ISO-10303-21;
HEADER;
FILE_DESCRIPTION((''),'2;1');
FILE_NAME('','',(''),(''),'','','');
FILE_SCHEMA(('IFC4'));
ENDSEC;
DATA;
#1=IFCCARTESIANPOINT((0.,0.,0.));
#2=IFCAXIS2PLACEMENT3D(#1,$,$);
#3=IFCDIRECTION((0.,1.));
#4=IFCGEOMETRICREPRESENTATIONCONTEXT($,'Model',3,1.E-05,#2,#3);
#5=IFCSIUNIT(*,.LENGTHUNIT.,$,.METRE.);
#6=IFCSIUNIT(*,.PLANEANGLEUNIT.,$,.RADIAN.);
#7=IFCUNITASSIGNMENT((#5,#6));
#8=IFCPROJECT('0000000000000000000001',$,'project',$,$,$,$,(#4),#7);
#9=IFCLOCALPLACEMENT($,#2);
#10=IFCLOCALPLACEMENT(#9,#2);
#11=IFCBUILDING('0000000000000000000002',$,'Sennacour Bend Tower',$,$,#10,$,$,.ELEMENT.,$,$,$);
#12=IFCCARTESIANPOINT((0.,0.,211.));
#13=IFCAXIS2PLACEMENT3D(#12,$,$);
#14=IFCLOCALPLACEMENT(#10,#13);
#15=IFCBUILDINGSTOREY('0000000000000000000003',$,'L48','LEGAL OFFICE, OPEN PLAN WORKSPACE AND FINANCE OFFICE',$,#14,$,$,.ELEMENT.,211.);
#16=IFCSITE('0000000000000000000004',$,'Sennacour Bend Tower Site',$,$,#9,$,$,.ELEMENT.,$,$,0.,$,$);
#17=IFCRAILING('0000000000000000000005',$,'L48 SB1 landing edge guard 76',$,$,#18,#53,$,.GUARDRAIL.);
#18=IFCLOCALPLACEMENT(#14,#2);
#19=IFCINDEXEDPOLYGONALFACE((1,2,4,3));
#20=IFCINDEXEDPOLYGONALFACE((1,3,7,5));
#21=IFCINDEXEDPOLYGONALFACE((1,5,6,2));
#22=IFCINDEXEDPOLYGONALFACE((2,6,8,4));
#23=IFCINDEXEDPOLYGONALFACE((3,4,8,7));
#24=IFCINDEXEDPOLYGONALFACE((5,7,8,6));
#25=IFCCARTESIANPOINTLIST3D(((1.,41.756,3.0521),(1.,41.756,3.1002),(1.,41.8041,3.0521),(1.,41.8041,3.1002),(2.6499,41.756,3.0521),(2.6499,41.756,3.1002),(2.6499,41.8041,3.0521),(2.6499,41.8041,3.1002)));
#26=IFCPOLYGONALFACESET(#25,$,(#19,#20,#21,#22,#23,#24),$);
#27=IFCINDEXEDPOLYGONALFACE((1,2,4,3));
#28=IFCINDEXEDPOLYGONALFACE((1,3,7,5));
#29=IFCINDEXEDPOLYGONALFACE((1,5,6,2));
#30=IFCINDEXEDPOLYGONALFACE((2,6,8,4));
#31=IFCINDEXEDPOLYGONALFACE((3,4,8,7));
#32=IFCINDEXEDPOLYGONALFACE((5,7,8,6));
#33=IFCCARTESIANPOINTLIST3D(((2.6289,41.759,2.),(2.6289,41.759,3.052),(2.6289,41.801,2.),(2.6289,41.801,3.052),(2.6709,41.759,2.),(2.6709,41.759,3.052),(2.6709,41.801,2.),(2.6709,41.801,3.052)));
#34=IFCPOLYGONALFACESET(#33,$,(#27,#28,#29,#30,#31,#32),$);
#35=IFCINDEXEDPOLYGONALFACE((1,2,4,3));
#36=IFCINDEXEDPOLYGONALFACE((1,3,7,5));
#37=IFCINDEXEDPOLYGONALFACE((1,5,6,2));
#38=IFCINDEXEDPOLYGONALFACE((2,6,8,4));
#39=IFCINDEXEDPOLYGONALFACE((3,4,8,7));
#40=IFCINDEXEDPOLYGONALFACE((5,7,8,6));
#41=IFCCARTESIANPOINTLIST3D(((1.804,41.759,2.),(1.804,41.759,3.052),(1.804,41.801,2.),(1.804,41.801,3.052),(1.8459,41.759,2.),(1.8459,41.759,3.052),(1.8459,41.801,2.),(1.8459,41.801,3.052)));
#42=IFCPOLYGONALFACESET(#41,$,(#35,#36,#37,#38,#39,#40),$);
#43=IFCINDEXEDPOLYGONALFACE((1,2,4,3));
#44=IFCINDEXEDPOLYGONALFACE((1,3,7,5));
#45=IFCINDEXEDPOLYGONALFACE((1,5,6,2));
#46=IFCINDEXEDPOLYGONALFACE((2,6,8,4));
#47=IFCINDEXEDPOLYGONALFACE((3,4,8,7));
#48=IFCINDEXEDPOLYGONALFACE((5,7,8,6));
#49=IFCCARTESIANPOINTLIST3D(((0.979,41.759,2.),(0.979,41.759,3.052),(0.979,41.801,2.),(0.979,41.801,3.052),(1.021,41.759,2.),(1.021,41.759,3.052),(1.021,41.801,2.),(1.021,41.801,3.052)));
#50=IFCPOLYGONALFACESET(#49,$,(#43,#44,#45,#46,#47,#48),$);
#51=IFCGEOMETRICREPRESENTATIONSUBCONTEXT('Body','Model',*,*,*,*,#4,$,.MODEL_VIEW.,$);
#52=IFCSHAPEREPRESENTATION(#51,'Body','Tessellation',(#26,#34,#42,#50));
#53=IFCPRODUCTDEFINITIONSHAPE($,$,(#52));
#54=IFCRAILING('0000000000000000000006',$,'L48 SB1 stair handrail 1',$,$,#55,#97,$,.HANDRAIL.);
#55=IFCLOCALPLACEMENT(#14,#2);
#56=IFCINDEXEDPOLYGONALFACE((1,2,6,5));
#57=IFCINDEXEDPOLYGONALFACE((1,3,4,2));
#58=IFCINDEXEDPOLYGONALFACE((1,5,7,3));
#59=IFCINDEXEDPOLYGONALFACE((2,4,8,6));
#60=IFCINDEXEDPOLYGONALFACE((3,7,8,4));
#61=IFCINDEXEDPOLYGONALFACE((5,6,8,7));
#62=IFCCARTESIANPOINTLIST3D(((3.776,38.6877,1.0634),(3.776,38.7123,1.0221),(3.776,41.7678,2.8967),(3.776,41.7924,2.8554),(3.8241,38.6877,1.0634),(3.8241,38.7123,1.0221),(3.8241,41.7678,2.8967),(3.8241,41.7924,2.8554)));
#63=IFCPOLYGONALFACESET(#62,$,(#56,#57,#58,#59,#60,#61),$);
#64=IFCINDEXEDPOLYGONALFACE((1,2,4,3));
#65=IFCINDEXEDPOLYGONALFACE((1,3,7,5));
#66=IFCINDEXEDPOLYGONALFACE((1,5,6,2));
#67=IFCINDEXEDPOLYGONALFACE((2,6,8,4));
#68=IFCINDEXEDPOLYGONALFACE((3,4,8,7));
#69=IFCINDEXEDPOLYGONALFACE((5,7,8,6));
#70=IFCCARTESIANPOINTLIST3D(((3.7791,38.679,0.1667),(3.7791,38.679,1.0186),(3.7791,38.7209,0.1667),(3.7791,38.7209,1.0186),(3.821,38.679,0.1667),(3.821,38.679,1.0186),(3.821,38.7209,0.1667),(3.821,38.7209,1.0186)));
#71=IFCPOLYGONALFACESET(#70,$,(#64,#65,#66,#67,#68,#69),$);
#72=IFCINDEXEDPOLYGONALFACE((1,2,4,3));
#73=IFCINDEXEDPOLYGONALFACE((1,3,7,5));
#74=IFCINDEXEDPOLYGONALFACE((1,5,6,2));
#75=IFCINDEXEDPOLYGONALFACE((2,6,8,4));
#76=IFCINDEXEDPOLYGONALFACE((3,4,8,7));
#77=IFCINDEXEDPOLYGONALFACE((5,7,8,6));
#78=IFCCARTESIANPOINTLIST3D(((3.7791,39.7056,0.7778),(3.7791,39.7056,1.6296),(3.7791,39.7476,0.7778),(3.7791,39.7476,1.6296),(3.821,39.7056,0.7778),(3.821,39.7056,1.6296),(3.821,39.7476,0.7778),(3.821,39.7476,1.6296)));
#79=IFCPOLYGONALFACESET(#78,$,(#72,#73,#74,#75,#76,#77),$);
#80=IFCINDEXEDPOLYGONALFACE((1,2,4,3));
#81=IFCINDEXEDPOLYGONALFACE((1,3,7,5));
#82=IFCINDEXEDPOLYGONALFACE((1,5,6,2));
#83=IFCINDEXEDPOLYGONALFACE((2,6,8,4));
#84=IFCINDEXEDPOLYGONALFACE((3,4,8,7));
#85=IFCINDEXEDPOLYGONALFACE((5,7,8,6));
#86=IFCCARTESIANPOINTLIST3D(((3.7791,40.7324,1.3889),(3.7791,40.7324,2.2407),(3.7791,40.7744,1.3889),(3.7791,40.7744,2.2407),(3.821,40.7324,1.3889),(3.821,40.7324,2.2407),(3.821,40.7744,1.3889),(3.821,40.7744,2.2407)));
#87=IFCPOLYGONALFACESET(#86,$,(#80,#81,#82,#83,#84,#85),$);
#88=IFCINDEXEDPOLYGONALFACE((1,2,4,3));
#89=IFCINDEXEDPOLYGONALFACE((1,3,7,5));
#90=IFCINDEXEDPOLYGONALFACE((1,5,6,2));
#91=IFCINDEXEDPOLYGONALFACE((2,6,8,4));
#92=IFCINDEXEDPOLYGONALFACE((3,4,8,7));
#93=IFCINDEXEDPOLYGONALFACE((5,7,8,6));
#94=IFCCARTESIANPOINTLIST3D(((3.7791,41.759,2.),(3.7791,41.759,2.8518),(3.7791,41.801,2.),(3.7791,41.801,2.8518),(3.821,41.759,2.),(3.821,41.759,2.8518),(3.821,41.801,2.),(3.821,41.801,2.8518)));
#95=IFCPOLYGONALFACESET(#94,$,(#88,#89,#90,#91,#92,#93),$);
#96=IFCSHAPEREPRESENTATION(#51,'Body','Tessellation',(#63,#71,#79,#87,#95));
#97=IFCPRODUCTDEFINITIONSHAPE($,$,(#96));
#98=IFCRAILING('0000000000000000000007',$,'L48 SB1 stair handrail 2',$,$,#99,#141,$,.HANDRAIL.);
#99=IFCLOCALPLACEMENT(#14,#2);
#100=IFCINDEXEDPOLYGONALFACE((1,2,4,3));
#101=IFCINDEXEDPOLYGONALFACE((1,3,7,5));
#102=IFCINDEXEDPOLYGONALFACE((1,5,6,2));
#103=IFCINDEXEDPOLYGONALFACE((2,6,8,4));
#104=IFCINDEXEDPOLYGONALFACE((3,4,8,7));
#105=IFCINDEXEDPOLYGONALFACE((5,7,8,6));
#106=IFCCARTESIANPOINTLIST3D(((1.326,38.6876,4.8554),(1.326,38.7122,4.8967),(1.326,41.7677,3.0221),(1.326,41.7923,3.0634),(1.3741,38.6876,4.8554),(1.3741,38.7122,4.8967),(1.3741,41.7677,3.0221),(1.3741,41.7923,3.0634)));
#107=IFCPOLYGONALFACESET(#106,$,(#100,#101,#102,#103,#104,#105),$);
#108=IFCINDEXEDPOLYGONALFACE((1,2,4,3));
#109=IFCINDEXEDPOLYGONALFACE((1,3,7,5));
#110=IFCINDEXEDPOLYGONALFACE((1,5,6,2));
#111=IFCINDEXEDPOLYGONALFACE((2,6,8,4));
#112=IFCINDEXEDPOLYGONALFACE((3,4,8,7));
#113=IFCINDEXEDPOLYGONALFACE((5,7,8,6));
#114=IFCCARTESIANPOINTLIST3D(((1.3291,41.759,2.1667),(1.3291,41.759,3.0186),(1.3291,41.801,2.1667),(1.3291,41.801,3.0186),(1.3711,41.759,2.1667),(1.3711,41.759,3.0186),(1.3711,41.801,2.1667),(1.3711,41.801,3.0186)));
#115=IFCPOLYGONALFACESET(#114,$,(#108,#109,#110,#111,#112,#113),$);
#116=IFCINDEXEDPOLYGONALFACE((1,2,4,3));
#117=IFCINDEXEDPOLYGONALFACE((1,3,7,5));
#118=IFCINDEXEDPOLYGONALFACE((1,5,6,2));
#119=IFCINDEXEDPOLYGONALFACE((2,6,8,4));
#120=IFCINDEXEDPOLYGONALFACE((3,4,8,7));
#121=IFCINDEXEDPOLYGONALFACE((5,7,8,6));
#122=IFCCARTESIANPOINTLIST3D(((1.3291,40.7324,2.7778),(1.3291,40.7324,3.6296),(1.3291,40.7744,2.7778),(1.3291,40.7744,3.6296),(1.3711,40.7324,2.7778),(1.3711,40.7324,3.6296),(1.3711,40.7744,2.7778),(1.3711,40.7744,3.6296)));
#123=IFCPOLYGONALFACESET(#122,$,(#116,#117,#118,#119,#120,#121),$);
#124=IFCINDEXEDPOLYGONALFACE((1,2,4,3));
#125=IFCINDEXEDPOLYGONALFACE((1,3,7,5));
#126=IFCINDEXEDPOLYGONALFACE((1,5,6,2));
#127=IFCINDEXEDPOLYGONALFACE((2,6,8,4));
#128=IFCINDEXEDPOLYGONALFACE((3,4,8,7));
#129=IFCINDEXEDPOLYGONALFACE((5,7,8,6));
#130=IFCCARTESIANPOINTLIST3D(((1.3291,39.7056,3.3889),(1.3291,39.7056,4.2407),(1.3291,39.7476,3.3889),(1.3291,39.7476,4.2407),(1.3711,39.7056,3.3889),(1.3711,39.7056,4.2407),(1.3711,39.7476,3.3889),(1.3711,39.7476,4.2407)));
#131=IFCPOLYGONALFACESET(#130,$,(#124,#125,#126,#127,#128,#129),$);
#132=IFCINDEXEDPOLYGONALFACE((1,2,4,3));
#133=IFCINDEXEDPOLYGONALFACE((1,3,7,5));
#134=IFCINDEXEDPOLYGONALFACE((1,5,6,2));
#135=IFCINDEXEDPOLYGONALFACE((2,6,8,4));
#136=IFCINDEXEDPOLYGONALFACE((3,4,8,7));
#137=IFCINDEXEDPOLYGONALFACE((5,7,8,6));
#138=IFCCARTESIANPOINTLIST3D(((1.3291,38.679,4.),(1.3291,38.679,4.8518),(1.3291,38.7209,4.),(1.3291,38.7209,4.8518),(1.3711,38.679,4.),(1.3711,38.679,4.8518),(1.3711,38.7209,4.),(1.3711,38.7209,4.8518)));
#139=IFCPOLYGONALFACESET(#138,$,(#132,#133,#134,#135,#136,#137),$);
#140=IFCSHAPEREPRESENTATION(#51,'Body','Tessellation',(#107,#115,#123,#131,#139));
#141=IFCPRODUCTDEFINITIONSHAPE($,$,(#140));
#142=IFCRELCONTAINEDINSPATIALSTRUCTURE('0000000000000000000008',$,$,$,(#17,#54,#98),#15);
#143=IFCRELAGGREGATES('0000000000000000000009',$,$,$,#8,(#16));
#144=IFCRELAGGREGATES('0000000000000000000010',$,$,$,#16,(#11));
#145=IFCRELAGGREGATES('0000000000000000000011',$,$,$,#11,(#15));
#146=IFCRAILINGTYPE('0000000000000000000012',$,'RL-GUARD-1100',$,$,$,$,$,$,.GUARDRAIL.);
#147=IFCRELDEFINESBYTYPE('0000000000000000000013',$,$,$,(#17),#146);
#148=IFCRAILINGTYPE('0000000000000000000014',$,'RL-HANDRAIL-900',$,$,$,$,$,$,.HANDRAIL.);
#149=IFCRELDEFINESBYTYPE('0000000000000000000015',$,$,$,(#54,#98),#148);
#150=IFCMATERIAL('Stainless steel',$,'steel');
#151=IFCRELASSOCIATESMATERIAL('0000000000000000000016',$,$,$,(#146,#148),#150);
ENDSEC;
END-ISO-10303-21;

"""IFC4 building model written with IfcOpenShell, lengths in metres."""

from ifc_helpers import new_model, si_unit, direction, frame, origin, origin_2d, place, context, subcontext, project, spatial, rectangle, extrude, material, type_object, element, save


model = new_model("IFC4")

# Units and contexts
model_context = context("Model", 3, precision=1e-05, world=origin(), true_north=direction((0.0, 1.0)))
body_context = subcontext(model_context, "Body", "Model", "MODEL_VIEW")
ifc_project = project(units=[si_unit("LENGTHUNIT", "METRE"), si_unit("PLANEANGLEUNIT", "RADIAN")], contexts=[model_context])

# Site, building, storey
site_placement = place(None, origin())
site = spatial("IfcSite", under=ifc_project, at=site_placement, Name="Sennacour Bend Tower Site", CompositionType="ELEMENT", RefElevation=0.0)
building_placement = place(site_placement, origin())
building = spatial("IfcBuilding", under=site, at=building_placement, Name="Sennacour Bend Tower", CompositionType="ELEMENT")
storey_placement = place(building_placement, frame((0.0, 0.0, 211.0)))
storey = spatial("IfcBuildingStorey", under=building, at=storey_placement, Name="L48", Description="LEGAL OFFICE, OPEN PLAN WORKSPACE AND FINANCE OFFICE", CompositionType="ELEMENT", Elevation=211.0)

# Shared definitions
ifc_material_1 = material(Name="Stainless steel", Category="steel")

# Railings
railing_type_1 = type_object("IfcRailingType", Name="RL-GUARD-1100", PredefinedType="GUARDRAIL", material=ifc_material_1)
railing_1_placement = place(storey_placement, frame((2.6499, 41.78, 2.0)))
element("IfcRailing", 1, at=railing_1_placement, inside=storey, type_object=railing_type_1, Name="L48 SB1 landing edge guard 76", PredefinedType="GUARDRAIL", context=body_context, shape_type="SweptSolid", body=[
    extrude(rectangle(XDim=0.0481, YDim=0.0481, at=origin_2d()), frame((0.0, 0.0, 1.0762), z_axis=(-1.0, 0.0, 0.0), x_axis=(0.0, -1.0, 0.0)), (0.0, 0.0, 1.0), 1.6499),
    extrude(rectangle(XDim=0.042, YDim=0.042, at=origin_2d()), origin(), (0.0, 0.0, 1.0), 1.052),
    extrude(rectangle(XDim=0.042, YDim=0.042, at=origin_2d()), frame((-0.825, 0.0, 0.0)), (0.0, 0.0, 1.0), 1.052),
    extrude(rectangle(XDim=0.042, YDim=0.042, at=origin_2d()), frame((-1.6499, 0.0, 0.0)), (0.0, 0.0, 1.0), 1.052),
])
railing_type_2 = type_object("IfcRailingType", Name="RL-HANDRAIL-900", PredefinedType="HANDRAIL", material=ifc_material_1)
railing_2_placement = place(storey_placement, frame((3.8, 38.7, 0.1667)))
element("IfcRailing", 2, at=railing_2_placement, inside=storey, type_object=railing_type_2, Name="L48 SB1 stair handrail 1", PredefinedType="HANDRAIL", context=body_context, shape_type="SweptSolid", body=[
    extrude(rectangle(XDim=0.0481, YDim=0.0481, at=origin_2d()), frame((0.0, 0.0, 0.876), z_axis=(0.0, 0.859309, 0.511458), x_axis=(-1.0, 0.0, 0.0)), (0.0, 0.0, 1.0), 3.5845),
    extrude(rectangle(XDim=0.042, YDim=0.042, at=origin_2d()), origin(), (0.0, 0.0, 1.0), 0.8518),
    extrude(rectangle(XDim=0.042, YDim=0.042, at=origin_2d()), frame((0.0, 1.0266, 0.6111)), (0.0, 0.0, 1.0), 0.8518),
    extrude(rectangle(XDim=0.042, YDim=0.042, at=origin_2d()), frame((0.0, 2.0535, 1.2222)), (0.0, 0.0, 1.0), 0.8518),
    extrude(rectangle(XDim=0.042, YDim=0.042, at=origin_2d()), frame((0.0, 3.0801, 1.8333)), (0.0, 0.0, 1.0), 0.8518),
])
railing_3_placement = place(storey_placement, frame((1.3501, 41.78, 2.1667)))
element("IfcRailing", 3, at=railing_3_placement, inside=storey, type_object=railing_type_2, Name="L48 SB1 stair handrail 2", PredefinedType="HANDRAIL", context=body_context, shape_type="SweptSolid", body=[
    extrude(rectangle(XDim=0.0481, YDim=0.0481, at=origin_2d()), frame((0.0, 0.0, 0.876), z_axis=(0.0, -0.859309, 0.511458), x_axis=(1.0, 0.0, 0.0)), (0.0, 0.0, 1.0), 3.5845),
    extrude(rectangle(XDim=0.042, YDim=0.042, at=origin_2d()), origin(), (0.0, 0.0, 1.0), 0.8518),
    extrude(rectangle(XDim=0.042, YDim=0.042, at=origin_2d()), frame((0.0, -1.0266, 0.6111)), (0.0, 0.0, 1.0), 0.8518),
    extrude(rectangle(XDim=0.042, YDim=0.042, at=origin_2d()), frame((0.0, -2.0535, 1.2222)), (0.0, 0.0, 1.0), 0.8518),
    extrude(rectangle(XDim=0.042, YDim=0.042, at=origin_2d()), frame((0.0, -3.0801, 1.8333)), (0.0, 0.0, 1.0), 0.8518),
])

save(model, "model.ifc")
